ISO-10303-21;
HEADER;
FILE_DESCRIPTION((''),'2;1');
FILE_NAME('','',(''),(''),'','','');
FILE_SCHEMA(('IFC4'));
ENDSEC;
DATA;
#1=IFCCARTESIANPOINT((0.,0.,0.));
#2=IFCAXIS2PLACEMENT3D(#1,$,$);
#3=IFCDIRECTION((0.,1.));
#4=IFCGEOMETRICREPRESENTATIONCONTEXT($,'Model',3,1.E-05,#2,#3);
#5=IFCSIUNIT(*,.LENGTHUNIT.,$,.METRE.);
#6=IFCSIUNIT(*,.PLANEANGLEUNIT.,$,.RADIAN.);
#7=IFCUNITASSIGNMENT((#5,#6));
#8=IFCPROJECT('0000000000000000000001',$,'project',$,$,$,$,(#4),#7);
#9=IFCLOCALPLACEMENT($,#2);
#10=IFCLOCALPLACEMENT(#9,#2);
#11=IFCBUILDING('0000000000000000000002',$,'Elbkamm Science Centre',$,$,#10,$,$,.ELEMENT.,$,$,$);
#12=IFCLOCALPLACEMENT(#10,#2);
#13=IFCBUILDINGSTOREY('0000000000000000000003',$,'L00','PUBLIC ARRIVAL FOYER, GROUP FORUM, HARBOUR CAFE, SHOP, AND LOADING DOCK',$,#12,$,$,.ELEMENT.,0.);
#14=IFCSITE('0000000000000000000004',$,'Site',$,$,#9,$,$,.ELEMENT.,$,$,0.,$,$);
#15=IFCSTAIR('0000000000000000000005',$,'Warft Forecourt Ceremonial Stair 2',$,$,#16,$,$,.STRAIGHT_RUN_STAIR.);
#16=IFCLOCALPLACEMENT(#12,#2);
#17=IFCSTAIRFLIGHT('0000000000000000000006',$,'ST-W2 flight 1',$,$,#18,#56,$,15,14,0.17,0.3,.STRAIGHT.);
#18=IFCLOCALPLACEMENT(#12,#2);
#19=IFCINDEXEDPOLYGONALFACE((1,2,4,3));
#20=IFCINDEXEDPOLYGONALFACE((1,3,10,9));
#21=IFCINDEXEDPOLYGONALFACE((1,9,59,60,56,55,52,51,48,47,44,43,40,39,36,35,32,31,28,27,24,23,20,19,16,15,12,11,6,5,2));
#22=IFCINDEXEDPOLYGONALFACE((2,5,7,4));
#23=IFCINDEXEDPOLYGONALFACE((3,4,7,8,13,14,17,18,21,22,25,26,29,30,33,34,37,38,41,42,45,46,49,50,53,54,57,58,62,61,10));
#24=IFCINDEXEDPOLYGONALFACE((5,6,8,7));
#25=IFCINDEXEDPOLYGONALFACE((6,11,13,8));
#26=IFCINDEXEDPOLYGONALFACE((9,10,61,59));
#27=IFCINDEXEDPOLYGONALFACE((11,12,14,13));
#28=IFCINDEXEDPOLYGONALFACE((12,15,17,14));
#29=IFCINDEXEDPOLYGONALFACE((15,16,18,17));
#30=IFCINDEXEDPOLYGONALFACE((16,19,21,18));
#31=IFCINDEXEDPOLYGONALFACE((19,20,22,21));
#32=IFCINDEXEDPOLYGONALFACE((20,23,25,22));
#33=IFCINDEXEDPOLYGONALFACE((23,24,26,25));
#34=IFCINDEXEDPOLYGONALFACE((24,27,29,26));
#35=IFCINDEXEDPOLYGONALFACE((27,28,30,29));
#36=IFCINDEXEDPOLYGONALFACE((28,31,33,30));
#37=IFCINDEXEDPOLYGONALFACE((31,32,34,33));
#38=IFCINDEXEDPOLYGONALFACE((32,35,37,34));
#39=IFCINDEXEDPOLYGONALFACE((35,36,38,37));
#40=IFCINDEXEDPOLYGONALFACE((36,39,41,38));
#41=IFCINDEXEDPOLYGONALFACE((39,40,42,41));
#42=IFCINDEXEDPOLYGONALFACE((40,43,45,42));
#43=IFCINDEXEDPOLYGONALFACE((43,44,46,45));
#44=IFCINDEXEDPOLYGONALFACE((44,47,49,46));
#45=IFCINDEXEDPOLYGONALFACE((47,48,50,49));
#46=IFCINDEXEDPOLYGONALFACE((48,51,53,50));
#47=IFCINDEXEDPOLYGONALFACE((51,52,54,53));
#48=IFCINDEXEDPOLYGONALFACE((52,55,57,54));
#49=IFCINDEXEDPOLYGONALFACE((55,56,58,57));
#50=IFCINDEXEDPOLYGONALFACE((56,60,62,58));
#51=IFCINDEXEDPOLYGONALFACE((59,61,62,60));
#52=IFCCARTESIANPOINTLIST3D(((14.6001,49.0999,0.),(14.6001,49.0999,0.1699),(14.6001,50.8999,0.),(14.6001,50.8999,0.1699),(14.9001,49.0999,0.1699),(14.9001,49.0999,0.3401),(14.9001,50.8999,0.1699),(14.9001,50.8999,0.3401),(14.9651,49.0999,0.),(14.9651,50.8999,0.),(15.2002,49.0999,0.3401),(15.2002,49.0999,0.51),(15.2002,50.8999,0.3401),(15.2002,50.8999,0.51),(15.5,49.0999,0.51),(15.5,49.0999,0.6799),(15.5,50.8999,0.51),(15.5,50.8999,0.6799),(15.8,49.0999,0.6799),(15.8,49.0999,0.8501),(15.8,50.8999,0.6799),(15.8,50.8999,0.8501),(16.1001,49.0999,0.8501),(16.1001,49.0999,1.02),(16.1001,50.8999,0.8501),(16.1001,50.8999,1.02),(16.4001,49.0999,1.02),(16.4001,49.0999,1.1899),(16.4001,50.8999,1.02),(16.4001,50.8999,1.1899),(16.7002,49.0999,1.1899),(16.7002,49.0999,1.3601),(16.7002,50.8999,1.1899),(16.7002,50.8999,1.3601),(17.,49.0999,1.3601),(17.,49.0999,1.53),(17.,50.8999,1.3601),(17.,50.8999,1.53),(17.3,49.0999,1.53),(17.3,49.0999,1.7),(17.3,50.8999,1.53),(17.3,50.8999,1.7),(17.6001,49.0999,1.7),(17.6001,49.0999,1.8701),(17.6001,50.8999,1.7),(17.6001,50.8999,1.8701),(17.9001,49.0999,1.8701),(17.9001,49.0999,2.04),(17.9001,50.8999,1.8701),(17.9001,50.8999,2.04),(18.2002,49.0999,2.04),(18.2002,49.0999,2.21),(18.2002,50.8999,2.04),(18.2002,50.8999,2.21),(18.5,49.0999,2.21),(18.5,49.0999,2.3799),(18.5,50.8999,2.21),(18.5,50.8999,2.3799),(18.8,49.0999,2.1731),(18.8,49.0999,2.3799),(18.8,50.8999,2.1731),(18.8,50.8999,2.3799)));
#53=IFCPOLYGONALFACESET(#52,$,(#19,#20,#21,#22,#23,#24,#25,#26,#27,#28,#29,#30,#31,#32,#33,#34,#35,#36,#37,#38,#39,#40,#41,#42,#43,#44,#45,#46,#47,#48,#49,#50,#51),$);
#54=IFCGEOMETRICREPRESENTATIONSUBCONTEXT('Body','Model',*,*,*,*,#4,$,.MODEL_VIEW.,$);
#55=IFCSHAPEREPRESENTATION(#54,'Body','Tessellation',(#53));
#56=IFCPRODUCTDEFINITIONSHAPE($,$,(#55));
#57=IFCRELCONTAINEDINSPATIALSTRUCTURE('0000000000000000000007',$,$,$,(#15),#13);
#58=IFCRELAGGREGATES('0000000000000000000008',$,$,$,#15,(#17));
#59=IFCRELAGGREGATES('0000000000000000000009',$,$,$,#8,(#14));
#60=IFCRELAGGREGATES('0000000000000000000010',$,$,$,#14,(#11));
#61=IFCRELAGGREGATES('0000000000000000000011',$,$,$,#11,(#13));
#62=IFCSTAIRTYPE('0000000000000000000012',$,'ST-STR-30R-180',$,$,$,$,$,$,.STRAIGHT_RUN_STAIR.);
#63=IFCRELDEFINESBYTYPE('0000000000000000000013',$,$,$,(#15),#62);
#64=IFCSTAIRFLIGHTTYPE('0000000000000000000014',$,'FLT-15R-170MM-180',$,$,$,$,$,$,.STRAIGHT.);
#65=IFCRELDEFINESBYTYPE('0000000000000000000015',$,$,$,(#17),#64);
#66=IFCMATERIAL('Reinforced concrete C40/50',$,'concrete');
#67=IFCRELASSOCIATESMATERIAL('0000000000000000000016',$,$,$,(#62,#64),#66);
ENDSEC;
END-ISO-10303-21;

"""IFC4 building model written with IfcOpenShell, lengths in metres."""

from ifc_helpers import new_model, si_unit, direction, frame, origin, place, context, subcontext, project, spatial, polyline, outline, extrude, material, type_object, element, aggregate, save


model = new_model("IFC4")

# Units and contexts
model_context = context("Model", 3, precision=1e-05, world=origin(), true_north=direction((0.0, 1.0)))
body_context = subcontext(model_context, "Body", "Model", "MODEL_VIEW")
ifc_project = project(units=[si_unit("LENGTHUNIT", "METRE"), si_unit("PLANEANGLEUNIT", "RADIAN")], contexts=[model_context])

# Site, building, storey
site_placement = place(None, origin())
site = spatial("IfcSite", under=ifc_project, at=site_placement, Name="Site", CompositionType="ELEMENT", RefElevation=0.0)
building_placement = place(site_placement, origin())
building = spatial("IfcBuilding", under=site, at=building_placement, Name="Elbkamm Science Centre", CompositionType="ELEMENT")
storey_placement = place(building_placement, origin())
storey = spatial("IfcBuildingStorey", under=building, at=storey_placement, Name="L00", Description="PUBLIC ARRIVAL FOYER, GROUP FORUM, HARBOUR CAFE, SHOP, AND LOADING DOCK", CompositionType="ELEMENT", Elevation=0.0)

# Shared definitions
ifc_material_1 = material(Name="Reinforced concrete C40/50", Category="concrete")

# Stair, stair flight
stair_type = type_object("IfcStairType", Name="ST-STR-30R-180", PredefinedType="STRAIGHT_RUN_STAIR", material=ifc_material_1)
stair_placement = place(storey_placement, origin())
stair = element("IfcStair", 1, at=stair_placement, inside=storey, type_object=stair_type, Name="Warft Forecourt Ceremonial Stair 2", PredefinedType="STRAIGHT_RUN_STAIR")
stair_flight_type = type_object("IfcStairFlightType", Name="FLT-15R-170MM-180", PredefinedType="STRAIGHT", material=ifc_material_1)
stair_flight_placement = place(storey_placement, frame((14.6001, 50.0, 0.0), z_axis=(0.0, 0.0, 1.0), x_axis=(1.0, 0.0, 0.0)))
stair_flight = element("IfcStairFlight", 2, at=stair_flight_placement, type_object=stair_flight_type, Name="ST-W2 flight 1", NumberOfRisers=15, NumberOfTreads=14, PredefinedType="STRAIGHT", RiserHeight=0.17, TreadLength=0.3, context=body_context, shape_type="SweptSolid", body=[
    extrude(outline(polyline([(0.0, 0.0), (0.0, 0.1699), (0.3, 0.1699), (0.3, 0.3401), (0.6001, 0.3401), (0.6001, 0.51), (0.8999, 0.51), (0.8999, 0.6799), (1.2, 0.6799), (1.2, 0.8501), (1.5, 0.8501), (1.5, 1.02), (1.8, 1.02), (1.8, 1.1899), (2.1001, 1.1899), (2.1001, 1.3601), (2.3999, 1.3601), (2.3999, 1.53), (2.7, 1.53), (2.7, 1.7), (3.0, 1.7), (3.0, 1.8701), (3.3, 1.8701), (3.3, 2.04), (3.6001, 2.04), (3.6001, 2.21), (3.8999, 2.21), (3.8999, 2.3799), (4.2, 2.3799), (4.2, 2.55), (4.2, 2.1731), (0.365, 0.0), (0.0, 0.0)])), frame((0.0, 0.8999, 0.0), z_axis=(0.0, -1.0, 0.0), x_axis=(1.0, 0.0, 0.0)), (0.0, 0.0, 1.0), 1.8),
])
aggregate(stair, [stair_flight])

save(model, "model.ifc")
